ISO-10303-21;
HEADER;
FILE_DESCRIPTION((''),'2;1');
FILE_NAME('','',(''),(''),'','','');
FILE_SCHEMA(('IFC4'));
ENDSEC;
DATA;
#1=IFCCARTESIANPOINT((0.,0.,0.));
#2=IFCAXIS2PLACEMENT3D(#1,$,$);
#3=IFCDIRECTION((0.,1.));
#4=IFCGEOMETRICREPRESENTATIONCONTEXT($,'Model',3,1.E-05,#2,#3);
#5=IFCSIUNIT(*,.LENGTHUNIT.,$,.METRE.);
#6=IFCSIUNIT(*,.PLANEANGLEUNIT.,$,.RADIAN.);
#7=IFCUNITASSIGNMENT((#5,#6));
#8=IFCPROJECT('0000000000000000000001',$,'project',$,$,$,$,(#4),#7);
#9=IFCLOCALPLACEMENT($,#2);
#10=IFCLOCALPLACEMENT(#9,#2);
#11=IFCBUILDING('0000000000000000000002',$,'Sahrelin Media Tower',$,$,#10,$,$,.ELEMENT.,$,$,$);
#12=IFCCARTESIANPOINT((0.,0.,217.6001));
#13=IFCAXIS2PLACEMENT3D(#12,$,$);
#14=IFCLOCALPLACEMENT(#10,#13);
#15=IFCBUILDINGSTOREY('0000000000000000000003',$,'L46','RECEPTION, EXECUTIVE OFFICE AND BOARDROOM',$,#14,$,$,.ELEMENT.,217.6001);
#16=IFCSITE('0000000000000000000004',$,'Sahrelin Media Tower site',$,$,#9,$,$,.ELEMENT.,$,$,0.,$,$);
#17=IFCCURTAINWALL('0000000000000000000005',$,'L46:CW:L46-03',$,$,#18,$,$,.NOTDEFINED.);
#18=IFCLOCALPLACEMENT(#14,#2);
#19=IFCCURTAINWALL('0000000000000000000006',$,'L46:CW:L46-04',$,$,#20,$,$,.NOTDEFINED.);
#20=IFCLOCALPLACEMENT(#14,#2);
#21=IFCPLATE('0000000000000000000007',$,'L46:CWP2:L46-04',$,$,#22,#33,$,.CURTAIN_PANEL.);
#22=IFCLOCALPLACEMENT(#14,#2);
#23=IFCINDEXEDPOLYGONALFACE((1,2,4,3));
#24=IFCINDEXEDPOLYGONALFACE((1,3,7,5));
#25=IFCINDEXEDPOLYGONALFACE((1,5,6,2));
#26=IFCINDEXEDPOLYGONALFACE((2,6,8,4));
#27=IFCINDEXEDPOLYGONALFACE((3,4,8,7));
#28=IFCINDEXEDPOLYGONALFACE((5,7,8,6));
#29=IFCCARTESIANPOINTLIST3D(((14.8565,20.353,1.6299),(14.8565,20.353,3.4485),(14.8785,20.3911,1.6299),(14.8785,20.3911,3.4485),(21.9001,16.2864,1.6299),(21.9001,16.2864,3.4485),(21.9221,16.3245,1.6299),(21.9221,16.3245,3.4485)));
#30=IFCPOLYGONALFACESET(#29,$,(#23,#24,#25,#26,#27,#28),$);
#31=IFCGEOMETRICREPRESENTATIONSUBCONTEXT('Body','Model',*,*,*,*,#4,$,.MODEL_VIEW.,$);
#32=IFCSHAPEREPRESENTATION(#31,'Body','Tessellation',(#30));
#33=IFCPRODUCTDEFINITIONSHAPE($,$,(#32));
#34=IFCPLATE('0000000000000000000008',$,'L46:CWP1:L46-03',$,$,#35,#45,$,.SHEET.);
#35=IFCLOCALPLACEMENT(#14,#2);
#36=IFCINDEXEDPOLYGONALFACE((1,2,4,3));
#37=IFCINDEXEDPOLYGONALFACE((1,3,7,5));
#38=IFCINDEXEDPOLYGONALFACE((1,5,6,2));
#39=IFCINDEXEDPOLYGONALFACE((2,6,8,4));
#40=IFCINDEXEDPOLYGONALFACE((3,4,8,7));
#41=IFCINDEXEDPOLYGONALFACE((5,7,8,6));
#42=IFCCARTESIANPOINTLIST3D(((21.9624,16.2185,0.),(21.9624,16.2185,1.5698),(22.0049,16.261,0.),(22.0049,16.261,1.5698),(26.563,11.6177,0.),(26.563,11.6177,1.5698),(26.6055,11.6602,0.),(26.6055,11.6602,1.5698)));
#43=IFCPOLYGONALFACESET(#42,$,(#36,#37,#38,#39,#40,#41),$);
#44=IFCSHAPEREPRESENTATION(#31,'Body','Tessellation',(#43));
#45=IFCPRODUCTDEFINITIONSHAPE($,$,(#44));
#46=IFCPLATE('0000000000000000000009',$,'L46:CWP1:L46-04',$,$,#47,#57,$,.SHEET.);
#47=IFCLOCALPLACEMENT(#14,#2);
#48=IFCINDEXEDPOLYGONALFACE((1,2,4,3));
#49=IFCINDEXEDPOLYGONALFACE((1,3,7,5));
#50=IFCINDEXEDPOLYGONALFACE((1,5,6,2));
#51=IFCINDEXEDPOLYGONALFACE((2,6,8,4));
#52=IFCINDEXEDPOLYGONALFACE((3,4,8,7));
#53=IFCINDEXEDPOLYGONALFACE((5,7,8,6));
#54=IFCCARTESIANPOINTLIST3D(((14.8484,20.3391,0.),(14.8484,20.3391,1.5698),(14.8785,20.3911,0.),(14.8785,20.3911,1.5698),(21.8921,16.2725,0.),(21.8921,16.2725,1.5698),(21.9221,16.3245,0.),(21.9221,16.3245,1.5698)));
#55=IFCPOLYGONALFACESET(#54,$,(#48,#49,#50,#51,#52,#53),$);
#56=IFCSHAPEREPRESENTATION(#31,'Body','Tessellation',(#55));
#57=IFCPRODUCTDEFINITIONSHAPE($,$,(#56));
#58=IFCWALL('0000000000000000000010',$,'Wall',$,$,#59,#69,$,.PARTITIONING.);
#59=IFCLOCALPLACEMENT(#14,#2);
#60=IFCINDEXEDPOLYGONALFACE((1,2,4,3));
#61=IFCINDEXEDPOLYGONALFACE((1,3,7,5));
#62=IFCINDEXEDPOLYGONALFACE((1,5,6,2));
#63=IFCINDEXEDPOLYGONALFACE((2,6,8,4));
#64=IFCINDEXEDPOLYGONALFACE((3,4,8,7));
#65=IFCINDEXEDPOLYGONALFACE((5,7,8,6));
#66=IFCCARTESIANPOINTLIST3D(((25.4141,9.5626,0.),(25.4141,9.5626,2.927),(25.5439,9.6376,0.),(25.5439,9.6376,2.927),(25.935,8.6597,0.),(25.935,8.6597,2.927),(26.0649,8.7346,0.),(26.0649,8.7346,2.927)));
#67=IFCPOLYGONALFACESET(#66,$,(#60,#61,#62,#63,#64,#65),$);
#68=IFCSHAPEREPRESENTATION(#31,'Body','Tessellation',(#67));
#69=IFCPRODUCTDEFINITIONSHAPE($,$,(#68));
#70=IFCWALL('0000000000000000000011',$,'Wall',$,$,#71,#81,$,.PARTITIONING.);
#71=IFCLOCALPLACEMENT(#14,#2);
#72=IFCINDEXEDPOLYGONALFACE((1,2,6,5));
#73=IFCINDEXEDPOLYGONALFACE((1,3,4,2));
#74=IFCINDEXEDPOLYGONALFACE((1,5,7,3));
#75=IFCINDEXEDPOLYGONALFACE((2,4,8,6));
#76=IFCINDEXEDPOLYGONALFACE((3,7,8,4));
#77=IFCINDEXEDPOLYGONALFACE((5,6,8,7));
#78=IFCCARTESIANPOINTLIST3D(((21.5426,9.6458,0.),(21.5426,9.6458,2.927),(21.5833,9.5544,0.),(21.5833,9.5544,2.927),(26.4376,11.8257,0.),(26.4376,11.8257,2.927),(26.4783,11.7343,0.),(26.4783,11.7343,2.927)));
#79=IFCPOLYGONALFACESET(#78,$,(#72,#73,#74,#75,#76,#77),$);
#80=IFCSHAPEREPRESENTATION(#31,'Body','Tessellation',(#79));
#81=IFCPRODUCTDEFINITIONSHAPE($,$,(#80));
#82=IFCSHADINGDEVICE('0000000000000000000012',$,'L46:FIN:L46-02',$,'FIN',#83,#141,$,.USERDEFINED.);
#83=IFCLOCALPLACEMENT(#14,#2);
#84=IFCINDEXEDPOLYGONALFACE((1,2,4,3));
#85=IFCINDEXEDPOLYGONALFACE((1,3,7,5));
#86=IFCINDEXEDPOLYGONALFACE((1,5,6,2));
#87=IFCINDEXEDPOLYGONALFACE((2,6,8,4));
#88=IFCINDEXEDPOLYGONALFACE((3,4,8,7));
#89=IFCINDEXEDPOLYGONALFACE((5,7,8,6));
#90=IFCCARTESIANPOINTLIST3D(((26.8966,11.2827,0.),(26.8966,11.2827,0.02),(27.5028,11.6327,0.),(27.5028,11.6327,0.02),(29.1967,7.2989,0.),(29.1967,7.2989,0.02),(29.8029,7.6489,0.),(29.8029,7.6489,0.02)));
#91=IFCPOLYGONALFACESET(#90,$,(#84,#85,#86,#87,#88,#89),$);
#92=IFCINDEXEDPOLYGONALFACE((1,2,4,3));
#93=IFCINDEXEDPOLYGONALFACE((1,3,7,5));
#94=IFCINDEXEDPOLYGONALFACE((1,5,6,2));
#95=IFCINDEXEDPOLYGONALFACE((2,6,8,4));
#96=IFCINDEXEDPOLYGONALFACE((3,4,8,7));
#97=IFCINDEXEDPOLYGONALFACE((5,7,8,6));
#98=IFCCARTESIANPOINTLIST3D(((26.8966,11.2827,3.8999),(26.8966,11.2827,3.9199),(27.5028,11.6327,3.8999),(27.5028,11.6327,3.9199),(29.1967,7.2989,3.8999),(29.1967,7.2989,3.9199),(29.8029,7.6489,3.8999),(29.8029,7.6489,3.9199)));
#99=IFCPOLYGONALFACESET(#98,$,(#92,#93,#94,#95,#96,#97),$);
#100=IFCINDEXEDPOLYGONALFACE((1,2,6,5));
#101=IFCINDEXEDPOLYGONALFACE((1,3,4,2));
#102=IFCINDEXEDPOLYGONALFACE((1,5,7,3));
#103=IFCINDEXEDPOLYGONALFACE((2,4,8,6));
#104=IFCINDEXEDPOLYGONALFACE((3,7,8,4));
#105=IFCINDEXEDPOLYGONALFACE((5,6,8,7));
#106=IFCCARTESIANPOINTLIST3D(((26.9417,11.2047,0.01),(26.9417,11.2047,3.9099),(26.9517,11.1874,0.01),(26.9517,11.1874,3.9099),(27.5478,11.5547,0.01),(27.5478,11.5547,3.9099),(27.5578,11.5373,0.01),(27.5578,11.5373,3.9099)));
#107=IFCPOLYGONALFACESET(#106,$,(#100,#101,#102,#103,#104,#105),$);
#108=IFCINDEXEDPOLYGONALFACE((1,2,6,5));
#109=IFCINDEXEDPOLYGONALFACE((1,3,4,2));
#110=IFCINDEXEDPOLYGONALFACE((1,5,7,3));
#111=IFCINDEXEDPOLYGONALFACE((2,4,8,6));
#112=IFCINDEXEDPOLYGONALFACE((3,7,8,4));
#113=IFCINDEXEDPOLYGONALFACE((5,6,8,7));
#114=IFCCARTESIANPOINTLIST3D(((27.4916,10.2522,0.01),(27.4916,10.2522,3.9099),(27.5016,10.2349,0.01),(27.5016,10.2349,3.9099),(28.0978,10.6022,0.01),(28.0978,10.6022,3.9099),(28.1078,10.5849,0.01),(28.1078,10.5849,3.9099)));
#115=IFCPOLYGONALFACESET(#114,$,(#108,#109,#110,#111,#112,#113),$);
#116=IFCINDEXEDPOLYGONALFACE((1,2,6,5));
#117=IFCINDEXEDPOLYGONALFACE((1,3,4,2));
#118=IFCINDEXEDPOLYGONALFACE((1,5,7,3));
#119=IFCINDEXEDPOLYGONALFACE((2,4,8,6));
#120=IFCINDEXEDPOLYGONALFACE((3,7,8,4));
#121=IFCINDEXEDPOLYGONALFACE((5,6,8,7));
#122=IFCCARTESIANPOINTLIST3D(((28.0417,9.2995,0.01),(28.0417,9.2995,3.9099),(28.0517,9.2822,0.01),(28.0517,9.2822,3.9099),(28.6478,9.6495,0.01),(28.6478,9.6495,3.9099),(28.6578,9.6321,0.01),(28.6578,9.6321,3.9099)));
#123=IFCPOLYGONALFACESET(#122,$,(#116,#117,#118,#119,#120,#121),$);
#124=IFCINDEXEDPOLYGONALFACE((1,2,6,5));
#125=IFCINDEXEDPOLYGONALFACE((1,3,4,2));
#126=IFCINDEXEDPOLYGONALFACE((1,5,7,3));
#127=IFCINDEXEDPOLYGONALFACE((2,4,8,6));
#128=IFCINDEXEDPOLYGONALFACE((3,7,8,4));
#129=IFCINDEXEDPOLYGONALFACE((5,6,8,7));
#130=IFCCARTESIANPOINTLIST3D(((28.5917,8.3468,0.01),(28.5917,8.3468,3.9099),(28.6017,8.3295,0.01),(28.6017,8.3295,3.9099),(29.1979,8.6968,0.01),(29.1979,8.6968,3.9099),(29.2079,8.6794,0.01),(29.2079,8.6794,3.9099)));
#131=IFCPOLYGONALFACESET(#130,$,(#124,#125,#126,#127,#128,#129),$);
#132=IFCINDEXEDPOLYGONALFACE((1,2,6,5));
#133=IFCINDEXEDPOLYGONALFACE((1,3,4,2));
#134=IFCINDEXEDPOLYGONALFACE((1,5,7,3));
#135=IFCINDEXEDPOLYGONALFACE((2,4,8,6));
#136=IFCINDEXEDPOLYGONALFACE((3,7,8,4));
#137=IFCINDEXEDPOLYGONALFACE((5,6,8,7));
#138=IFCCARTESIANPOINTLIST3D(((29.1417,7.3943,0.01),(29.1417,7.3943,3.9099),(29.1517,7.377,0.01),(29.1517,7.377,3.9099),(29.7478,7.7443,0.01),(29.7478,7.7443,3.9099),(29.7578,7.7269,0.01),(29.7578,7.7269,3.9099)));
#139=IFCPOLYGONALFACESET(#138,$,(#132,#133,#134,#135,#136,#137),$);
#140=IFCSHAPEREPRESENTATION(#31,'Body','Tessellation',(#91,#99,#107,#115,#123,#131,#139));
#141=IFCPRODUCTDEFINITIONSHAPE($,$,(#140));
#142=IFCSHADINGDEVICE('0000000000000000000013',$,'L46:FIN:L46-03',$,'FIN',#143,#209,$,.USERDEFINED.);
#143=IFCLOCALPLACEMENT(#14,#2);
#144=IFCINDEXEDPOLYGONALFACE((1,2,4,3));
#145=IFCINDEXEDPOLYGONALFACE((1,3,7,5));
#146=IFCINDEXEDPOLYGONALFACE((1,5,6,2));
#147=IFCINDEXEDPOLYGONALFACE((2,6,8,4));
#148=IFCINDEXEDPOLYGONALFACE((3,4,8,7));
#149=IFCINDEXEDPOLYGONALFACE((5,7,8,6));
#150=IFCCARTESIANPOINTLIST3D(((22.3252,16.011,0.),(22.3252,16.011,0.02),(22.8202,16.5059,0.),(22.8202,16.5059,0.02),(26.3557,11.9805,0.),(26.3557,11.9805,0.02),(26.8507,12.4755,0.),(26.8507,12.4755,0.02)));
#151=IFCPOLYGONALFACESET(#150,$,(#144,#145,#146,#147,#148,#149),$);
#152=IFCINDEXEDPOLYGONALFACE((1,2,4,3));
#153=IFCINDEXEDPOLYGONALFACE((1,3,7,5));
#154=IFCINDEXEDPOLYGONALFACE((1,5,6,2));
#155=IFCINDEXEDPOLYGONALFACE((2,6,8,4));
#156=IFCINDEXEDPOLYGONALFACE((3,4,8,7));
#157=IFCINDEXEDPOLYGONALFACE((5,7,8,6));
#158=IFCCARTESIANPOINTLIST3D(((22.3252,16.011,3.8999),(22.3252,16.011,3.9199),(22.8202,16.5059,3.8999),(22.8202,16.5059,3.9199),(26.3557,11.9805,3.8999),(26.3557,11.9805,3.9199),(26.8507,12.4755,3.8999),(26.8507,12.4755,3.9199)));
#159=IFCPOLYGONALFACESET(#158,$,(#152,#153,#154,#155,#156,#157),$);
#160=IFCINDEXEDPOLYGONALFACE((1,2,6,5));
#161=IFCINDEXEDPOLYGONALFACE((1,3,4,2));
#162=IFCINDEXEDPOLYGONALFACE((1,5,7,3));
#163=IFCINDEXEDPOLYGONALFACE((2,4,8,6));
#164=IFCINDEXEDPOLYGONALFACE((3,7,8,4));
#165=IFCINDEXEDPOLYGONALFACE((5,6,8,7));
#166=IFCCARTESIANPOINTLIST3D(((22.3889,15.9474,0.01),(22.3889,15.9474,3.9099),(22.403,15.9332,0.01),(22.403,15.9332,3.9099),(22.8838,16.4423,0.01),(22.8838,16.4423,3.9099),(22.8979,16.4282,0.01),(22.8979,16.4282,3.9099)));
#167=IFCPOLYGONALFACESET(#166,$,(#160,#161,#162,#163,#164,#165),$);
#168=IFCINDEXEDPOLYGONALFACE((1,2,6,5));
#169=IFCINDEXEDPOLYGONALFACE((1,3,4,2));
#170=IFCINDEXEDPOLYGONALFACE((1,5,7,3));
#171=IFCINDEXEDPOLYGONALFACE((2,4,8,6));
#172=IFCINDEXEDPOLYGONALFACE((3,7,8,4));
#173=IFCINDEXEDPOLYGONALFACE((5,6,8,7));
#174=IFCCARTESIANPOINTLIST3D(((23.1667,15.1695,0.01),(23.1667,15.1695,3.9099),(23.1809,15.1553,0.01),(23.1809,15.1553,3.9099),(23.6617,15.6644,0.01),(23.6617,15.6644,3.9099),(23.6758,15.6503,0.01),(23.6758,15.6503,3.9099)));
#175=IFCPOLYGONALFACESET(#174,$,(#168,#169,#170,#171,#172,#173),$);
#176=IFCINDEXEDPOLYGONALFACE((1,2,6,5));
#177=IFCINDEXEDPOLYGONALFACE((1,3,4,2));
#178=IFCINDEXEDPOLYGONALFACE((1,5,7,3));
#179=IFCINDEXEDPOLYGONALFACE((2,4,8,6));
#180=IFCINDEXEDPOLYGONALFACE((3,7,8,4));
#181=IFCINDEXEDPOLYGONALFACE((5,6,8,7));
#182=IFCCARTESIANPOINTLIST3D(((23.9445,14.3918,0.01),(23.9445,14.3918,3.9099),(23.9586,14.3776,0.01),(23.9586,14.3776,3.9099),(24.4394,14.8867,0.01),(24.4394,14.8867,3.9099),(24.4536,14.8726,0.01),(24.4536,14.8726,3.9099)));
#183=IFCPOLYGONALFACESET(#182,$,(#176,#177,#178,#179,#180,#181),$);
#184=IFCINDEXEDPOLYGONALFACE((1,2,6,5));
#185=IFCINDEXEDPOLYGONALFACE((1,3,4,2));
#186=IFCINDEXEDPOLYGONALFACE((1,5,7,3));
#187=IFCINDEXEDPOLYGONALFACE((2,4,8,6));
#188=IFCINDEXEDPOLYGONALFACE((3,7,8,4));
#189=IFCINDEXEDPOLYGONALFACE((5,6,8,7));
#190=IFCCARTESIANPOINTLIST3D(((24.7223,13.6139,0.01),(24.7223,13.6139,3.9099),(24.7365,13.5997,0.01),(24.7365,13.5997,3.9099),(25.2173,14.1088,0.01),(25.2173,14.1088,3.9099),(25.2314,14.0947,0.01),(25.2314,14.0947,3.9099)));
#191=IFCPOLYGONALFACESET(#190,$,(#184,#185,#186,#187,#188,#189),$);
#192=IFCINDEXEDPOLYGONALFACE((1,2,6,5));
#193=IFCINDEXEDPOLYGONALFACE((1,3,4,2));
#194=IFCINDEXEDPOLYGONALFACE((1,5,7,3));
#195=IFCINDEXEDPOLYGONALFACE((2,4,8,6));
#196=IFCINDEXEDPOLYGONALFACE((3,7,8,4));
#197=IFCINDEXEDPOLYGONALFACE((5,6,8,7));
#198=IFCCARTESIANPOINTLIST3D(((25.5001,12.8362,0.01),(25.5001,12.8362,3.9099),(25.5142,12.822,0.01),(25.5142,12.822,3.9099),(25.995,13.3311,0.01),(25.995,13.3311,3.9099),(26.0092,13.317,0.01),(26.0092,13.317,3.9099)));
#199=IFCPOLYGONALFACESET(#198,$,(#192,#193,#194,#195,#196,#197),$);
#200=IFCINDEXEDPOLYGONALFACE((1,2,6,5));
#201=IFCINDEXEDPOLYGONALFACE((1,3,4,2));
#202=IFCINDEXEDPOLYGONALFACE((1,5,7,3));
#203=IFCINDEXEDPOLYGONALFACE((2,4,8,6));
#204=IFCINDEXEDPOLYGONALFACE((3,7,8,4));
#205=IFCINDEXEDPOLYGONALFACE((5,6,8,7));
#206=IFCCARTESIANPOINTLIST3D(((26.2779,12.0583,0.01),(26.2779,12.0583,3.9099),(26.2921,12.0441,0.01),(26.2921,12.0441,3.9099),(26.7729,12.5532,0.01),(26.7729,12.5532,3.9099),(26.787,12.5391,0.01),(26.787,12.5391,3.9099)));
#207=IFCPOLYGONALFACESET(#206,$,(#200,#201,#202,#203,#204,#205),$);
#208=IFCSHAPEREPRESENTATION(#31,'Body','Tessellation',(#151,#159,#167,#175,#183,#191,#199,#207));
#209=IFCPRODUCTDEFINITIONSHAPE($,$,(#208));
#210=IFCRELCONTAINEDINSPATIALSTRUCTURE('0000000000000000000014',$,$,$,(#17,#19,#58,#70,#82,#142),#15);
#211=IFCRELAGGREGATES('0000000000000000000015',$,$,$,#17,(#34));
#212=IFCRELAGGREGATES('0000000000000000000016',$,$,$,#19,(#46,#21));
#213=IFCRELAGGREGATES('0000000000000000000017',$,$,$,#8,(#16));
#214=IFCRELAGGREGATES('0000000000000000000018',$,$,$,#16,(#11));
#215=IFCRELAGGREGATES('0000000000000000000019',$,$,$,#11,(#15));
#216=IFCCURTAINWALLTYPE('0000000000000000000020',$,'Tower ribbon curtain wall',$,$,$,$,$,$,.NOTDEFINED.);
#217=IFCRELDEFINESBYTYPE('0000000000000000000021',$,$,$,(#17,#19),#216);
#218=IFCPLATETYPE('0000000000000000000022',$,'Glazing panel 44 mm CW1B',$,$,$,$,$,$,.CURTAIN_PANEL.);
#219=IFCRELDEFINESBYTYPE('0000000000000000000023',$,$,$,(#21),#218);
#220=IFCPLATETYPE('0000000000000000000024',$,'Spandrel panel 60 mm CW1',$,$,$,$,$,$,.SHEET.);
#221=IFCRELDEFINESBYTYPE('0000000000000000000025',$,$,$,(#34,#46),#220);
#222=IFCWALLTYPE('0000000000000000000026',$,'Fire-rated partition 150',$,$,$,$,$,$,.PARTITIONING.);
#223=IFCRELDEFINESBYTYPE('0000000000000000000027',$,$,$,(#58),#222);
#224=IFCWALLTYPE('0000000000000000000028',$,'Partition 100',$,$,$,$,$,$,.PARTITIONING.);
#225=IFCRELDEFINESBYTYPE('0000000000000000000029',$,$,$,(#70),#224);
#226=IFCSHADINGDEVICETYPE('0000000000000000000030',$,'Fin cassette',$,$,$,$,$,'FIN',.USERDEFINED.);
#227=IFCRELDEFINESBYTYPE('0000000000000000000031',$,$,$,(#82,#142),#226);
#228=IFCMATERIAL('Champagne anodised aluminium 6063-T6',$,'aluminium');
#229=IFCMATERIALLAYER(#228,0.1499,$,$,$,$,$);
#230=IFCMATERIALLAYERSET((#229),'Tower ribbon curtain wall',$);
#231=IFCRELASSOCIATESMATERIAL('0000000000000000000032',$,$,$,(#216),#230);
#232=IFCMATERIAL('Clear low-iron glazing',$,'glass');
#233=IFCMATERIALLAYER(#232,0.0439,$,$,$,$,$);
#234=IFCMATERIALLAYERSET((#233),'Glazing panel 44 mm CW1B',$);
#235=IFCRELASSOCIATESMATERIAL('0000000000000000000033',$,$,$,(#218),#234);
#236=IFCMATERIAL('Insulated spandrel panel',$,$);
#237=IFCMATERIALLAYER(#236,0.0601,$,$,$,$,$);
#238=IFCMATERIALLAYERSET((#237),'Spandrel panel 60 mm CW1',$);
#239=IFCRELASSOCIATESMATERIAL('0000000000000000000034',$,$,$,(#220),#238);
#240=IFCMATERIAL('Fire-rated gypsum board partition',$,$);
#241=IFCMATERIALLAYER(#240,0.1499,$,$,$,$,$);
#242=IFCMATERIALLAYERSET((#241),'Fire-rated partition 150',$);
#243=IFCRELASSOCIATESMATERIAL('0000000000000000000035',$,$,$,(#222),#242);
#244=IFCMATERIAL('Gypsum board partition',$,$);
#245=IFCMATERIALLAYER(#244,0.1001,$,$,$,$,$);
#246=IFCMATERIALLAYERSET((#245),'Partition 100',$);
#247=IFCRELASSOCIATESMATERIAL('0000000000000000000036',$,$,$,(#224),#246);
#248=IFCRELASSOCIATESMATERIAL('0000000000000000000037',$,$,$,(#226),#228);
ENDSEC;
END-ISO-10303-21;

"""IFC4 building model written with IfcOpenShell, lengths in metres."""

from ifc_helpers import new_model, si_unit, direction, frame, frame_2d, origin, origin_2d, place, context, subcontext, project, spatial, polyline, rectangle, outline, extrude, material, layer, layer_set, type_object, element, aggregate, save


model = new_model("IFC4")

# Units and contexts
model_context = context("Model", 3, precision=1e-05, world=origin(), true_north=direction((0.0, 1.0)))
body_context = subcontext(model_context, "Body", "Model", "MODEL_VIEW")
ifc_project = project(units=[si_unit("LENGTHUNIT", "METRE"), si_unit("PLANEANGLEUNIT", "RADIAN")], contexts=[model_context])

# Site, building, storey
site_placement = place(None, origin())
site = spatial("IfcSite", under=ifc_project, at=site_placement, Name="Sahrelin Media Tower site", CompositionType="ELEMENT", RefElevation=0.0)
building_placement = place(site_placement, origin())
building = spatial("IfcBuilding", under=site, at=building_placement, Name="Sahrelin Media Tower", CompositionType="ELEMENT")
storey_placement = place(building_placement, frame((0.0, 0.0, 217.6001)))
storey = spatial("IfcBuildingStorey", under=building, at=storey_placement, Name="L46", Description="RECEPTION, EXECUTIVE OFFICE AND BOARDROOM", CompositionType="ELEMENT", Elevation=217.6001)

# Curtain walls
ifc_material_1 = material(Name="Champagne anodised aluminium 6063-T6", Category="aluminium")
ifc_layer_1 = layer(ifc_material_1, 0.1499)
ifc_layer_set_1 = layer_set([ifc_layer_1], Name="Tower ribbon curtain wall")
curtain_wall_type = type_object("IfcCurtainWallType", Name="Tower ribbon curtain wall", PredefinedType="NOTDEFINED", material=ifc_layer_set_1)
curtain_wall_1_placement = place(storey_placement, frame((24.291, 13.9463, 0.0), z_axis=(0.0, 0.0, 1.0), x_axis=(1.0, 0.0, 0.0)))
curtain_wall_1 = element("IfcCurtainWall", 1, at=curtain_wall_1_placement, inside=storey, type_object=curtain_wall_type, Name="L46:CW:L46-03", PredefinedType="NOTDEFINED")
curtain_wall_2_placement = place(storey_placement, frame((18.3901, 18.3403, 0.0), z_axis=(0.0, 0.0, 1.0), x_axis=(1.0, 0.0, 0.0)))
curtain_wall_2 = element("IfcCurtainWall", 2, at=curtain_wall_2_placement, inside=storey, type_object=curtain_wall_type, Name="L46:CW:L46-04", PredefinedType="NOTDEFINED")

# Plates
ifc_material_2 = material(Name="Clear low-iron glazing", Category="glass")
ifc_layer_2 = layer(ifc_material_2, 0.0439)
ifc_layer_set_2 = layer_set([ifc_layer_2], Name="Glazing panel 44 mm CW1B")
plate_type_1 = type_object("IfcPlateType", Name="Glazing panel 44 mm CW1B", PredefinedType="CURTAIN_PANEL", material=ifc_layer_set_2)
plate_1_placement = place(storey_placement, frame((21.9221, 16.3245, 1.6299), z_axis=(0.499997, 0.866027, 0.0), x_axis=(-0.866027, 0.499997, 0.0)))
plate_1 = element("IfcPlate", 3, at=plate_1_placement, type_object=plate_type_1, Name="L46:CWP2:L46-04", PredefinedType="CURTAIN_PANEL", context=body_context, shape_type="SweptSolid", body=[
    extrude(outline(polyline([(0.0, 0.0), (8.1333, 0.0), (8.1333, 1.8186), (0.0, 1.8186), (0.0, 0.0)])), origin(), (0.0, 0.0, -1.0), 0.0439),
])
ifc_material_3 = material(Name="Insulated spandrel panel")
ifc_layer_3 = layer(ifc_material_3, 0.0601)
ifc_layer_set_3 = layer_set([ifc_layer_3], Name="Spandrel panel 60 mm CW1")
plate_type_2 = type_object("IfcPlateType", Name="Spandrel panel 60 mm CW1", PredefinedType="SHEET", material=ifc_layer_set_3)
plate_2_placement = place(storey_placement, frame((26.6055, 11.6602, 0.0), z_axis=(0.707126, 0.707088, 0.0), x_axis=(-0.707088, 0.707126, 0.0)))
plate_2 = element("IfcPlate", 4, at=plate_2_placement, type_object=plate_type_2, Name="L46:CWP1:L46-03", PredefinedType="SHEET", context=body_context, shape_type="SweptSolid", body=[
    extrude(outline(polyline([(0.0, 0.0), (6.5063, 0.0), (6.5063, 1.5698), (0.0, 1.5698), (0.0, 0.0)])), origin(), (0.0, 0.0, -1.0), 0.0601),
])
aggregate(curtain_wall_1, [plate_2])
plate_3_placement = place(storey_placement, frame((21.9221, 16.3245, 0.0), z_axis=(0.499997, 0.866027, 0.0), x_axis=(-0.866027, 0.499997, 0.0)))
plate_3 = element("IfcPlate", 5, at=plate_3_placement, type_object=plate_type_2, Name="L46:CWP1:L46-04", PredefinedType="SHEET", context=body_context, shape_type="SweptSolid", body=[
    extrude(outline(polyline([(0.0, 0.0), (8.1333, 0.0), (8.1333, 1.5698), (0.0, 1.5698), (0.0, 0.0)])), origin(), (0.0, 0.0, -1.0), 0.0601),
])
aggregate(curtain_wall_2, [plate_3, plate_1])

# Walls
ifc_material_4 = material(Name="Fire-rated gypsum board partition")
ifc_layer_4 = layer(ifc_material_4, 0.1499)
ifc_layer_set_4 = layer_set([ifc_layer_4], Name="Fire-rated partition 150")
wall_type_1 = type_object("IfcWallType", Name="Fire-rated partition 150", PredefinedType="PARTITIONING", material=ifc_layer_set_4)
wall_1_placement = place(storey_placement, frame((25.479, 9.6001, 0.0), z_axis=(0.0, 0.0, 1.0), x_axis=(0.499716, -0.866189, 0.0)))
element("IfcWall", 6, at=wall_1_placement, inside=storey, type_object=wall_type_1, Name="Wall", PredefinedType="PARTITIONING", context=body_context, shape_type="SweptSolid", body=[
    extrude(rectangle(XDim=1.0425, YDim=0.1499, at=frame_2d((0.5212, 0.0))), origin(), (0.0, 0.0, 1.0), 2.927),
])
ifc_material_5 = material(Name="Gypsum board partition")
ifc_layer_5 = layer(ifc_material_5, 0.1001)
ifc_layer_set_5 = layer_set([ifc_layer_5], Name="Partition 100")
wall_type_2 = type_object("IfcWallType", Name="Partition 100", PredefinedType="PARTITIONING", material=ifc_layer_set_5)
wall_2_placement = place(storey_placement, frame((21.563, 9.6001, 0.0), z_axis=(0.0, 0.0, 1.0), x_axis=(0.913509, 0.406819, 0.0)))
element("IfcWall", 7, at=wall_2_placement, inside=storey, type_object=wall_type_2, Name="Wall", PredefinedType="PARTITIONING", context=body_context, shape_type="SweptSolid", body=[
    extrude(rectangle(XDim=5.3584, YDim=0.1001, at=frame_2d((2.6792, 0.0))), origin(), (0.0, 0.0, 1.0), 2.927),
])

# Shading devices
shading_device_type_1 = type_object("IfcShadingDeviceType", Name="Fin cassette", ElementType="FIN", PredefinedType="USERDEFINED", material=ifc_material_1)
placement_1 = place(storey_placement, frame((27.9861, 9.2559, 0.0), z_axis=(0.0, 0.0, 1.0), x_axis=(0.500011, -0.866019, 0.0)))
element("IfcShadingDevice", 8, at=placement_1, inside=storey, type_object=shading_device_type_1, Name="L46:FIN:L46-02", ObjectType="FIN", PredefinedType="USERDEFINED", context=body_context, shape_type="SweptSolid", body=[
    extrude(rectangle(XDim=4.6001, YDim=0.7, at=origin_2d()), frame((0.0, 0.4199, 0.0)), (0.0, 0.0, 1.0), 0.02),
    extrude(rectangle(XDim=4.6001, YDim=0.7, at=origin_2d()), frame((0.0, 0.4199, 3.8999)), (0.0, 0.0, 1.0), 0.02),
    extrude(rectangle(XDim=0.02, YDim=0.7, at=origin_2d()), frame((-2.2, 0.4199, 0.01), z_axis=(0.0, 0.0, 1.0), x_axis=(1.0, 0.0, 0.0)), (0.0, 0.0, 1.0), 3.8999),
    extrude(rectangle(XDim=0.02, YDim=0.7, at=origin_2d()), frame((-1.1001, 0.4199, 0.01), z_axis=(0.0, 0.0, 1.0), x_axis=(1.0, 0.0, 0.0)), (0.0, 0.0, 1.0), 3.8999),
    extrude(rectangle(XDim=0.02, YDim=0.7, at=origin_2d()), frame((0.0, 0.4199, 0.01), z_axis=(0.0, 0.0, 1.0), x_axis=(1.0, 0.0, 0.0)), (0.0, 0.0, 1.0), 3.8999),
    extrude(rectangle(XDim=0.02, YDim=0.7, at=origin_2d()), frame((1.1001, 0.4199, 0.01), z_axis=(0.0, 0.0, 1.0), x_axis=(1.0, 0.0, 0.0)), (0.0, 0.0, 1.0), 3.8999),
    extrude(rectangle(XDim=0.02, YDim=0.7, at=origin_2d()), frame((2.2, 0.4199, 0.01), z_axis=(0.0, 0.0, 1.0), x_axis=(1.0, 0.0, 0.0)), (0.0, 0.0, 1.0), 3.8999),
])
placement_2 = place(storey_placement, frame((24.291, 13.9463, 0.0), z_axis=(0.0, 0.0, 1.0), x_axis=(0.707107, -0.707107, 0.0)))
element("IfcShadingDevice", 9, at=placement_2, inside=storey, type_object=shading_device_type_1, Name="L46:FIN:L46-03", ObjectType="FIN", PredefinedType="USERDEFINED", context=body_context, shape_type="SweptSolid", body=[
    extrude(rectangle(XDim=5.7, YDim=0.7, at=origin_2d()), frame((0.0, 0.4199, 0.0)), (0.0, 0.0, 1.0), 0.02),
    extrude(rectangle(XDim=5.7, YDim=0.7, at=origin_2d()), frame((0.0, 0.4199, 3.8999)), (0.0, 0.0, 1.0), 0.02),
    extrude(rectangle(XDim=0.02, YDim=0.7, at=origin_2d()), frame((-2.75, 0.4199, 0.01), z_axis=(0.0, 0.0, 1.0), x_axis=(1.0, 0.0, 0.0)), (0.0, 0.0, 1.0), 3.8999),
    extrude(rectangle(XDim=0.02, YDim=0.7, at=origin_2d()), frame((-1.6499, 0.4199, 0.01), z_axis=(0.0, 0.0, 1.0), x_axis=(1.0, 0.0, 0.0)), (0.0, 0.0, 1.0), 3.8999),
    extrude(rectangle(XDim=0.02, YDim=0.7, at=origin_2d()), frame((-0.55, 0.4199, 0.01), z_axis=(0.0, 0.0, 1.0), x_axis=(1.0, 0.0, 0.0)), (0.0, 0.0, 1.0), 3.8999),
    extrude(rectangle(XDim=0.02, YDim=0.7, at=origin_2d()), frame((0.55, 0.4199, 0.01), z_axis=(0.0, 0.0, 1.0), x_axis=(1.0, 0.0, 0.0)), (0.0, 0.0, 1.0), 3.8999),
    extrude(rectangle(XDim=0.02, YDim=0.7, at=origin_2d()), frame((1.6499, 0.4199, 0.01), z_axis=(0.0, 0.0, 1.0), x_axis=(1.0, 0.0, 0.0)), (0.0, 0.0, 1.0), 3.8999),
    extrude(rectangle(XDim=0.02, YDim=0.7, at=origin_2d()), frame((2.75, 0.4199, 0.01), z_axis=(0.0, 0.0, 1.0), x_axis=(1.0, 0.0, 0.0)), (0.0, 0.0, 1.0), 3.8999),
])

save(model, "model.ifc")
